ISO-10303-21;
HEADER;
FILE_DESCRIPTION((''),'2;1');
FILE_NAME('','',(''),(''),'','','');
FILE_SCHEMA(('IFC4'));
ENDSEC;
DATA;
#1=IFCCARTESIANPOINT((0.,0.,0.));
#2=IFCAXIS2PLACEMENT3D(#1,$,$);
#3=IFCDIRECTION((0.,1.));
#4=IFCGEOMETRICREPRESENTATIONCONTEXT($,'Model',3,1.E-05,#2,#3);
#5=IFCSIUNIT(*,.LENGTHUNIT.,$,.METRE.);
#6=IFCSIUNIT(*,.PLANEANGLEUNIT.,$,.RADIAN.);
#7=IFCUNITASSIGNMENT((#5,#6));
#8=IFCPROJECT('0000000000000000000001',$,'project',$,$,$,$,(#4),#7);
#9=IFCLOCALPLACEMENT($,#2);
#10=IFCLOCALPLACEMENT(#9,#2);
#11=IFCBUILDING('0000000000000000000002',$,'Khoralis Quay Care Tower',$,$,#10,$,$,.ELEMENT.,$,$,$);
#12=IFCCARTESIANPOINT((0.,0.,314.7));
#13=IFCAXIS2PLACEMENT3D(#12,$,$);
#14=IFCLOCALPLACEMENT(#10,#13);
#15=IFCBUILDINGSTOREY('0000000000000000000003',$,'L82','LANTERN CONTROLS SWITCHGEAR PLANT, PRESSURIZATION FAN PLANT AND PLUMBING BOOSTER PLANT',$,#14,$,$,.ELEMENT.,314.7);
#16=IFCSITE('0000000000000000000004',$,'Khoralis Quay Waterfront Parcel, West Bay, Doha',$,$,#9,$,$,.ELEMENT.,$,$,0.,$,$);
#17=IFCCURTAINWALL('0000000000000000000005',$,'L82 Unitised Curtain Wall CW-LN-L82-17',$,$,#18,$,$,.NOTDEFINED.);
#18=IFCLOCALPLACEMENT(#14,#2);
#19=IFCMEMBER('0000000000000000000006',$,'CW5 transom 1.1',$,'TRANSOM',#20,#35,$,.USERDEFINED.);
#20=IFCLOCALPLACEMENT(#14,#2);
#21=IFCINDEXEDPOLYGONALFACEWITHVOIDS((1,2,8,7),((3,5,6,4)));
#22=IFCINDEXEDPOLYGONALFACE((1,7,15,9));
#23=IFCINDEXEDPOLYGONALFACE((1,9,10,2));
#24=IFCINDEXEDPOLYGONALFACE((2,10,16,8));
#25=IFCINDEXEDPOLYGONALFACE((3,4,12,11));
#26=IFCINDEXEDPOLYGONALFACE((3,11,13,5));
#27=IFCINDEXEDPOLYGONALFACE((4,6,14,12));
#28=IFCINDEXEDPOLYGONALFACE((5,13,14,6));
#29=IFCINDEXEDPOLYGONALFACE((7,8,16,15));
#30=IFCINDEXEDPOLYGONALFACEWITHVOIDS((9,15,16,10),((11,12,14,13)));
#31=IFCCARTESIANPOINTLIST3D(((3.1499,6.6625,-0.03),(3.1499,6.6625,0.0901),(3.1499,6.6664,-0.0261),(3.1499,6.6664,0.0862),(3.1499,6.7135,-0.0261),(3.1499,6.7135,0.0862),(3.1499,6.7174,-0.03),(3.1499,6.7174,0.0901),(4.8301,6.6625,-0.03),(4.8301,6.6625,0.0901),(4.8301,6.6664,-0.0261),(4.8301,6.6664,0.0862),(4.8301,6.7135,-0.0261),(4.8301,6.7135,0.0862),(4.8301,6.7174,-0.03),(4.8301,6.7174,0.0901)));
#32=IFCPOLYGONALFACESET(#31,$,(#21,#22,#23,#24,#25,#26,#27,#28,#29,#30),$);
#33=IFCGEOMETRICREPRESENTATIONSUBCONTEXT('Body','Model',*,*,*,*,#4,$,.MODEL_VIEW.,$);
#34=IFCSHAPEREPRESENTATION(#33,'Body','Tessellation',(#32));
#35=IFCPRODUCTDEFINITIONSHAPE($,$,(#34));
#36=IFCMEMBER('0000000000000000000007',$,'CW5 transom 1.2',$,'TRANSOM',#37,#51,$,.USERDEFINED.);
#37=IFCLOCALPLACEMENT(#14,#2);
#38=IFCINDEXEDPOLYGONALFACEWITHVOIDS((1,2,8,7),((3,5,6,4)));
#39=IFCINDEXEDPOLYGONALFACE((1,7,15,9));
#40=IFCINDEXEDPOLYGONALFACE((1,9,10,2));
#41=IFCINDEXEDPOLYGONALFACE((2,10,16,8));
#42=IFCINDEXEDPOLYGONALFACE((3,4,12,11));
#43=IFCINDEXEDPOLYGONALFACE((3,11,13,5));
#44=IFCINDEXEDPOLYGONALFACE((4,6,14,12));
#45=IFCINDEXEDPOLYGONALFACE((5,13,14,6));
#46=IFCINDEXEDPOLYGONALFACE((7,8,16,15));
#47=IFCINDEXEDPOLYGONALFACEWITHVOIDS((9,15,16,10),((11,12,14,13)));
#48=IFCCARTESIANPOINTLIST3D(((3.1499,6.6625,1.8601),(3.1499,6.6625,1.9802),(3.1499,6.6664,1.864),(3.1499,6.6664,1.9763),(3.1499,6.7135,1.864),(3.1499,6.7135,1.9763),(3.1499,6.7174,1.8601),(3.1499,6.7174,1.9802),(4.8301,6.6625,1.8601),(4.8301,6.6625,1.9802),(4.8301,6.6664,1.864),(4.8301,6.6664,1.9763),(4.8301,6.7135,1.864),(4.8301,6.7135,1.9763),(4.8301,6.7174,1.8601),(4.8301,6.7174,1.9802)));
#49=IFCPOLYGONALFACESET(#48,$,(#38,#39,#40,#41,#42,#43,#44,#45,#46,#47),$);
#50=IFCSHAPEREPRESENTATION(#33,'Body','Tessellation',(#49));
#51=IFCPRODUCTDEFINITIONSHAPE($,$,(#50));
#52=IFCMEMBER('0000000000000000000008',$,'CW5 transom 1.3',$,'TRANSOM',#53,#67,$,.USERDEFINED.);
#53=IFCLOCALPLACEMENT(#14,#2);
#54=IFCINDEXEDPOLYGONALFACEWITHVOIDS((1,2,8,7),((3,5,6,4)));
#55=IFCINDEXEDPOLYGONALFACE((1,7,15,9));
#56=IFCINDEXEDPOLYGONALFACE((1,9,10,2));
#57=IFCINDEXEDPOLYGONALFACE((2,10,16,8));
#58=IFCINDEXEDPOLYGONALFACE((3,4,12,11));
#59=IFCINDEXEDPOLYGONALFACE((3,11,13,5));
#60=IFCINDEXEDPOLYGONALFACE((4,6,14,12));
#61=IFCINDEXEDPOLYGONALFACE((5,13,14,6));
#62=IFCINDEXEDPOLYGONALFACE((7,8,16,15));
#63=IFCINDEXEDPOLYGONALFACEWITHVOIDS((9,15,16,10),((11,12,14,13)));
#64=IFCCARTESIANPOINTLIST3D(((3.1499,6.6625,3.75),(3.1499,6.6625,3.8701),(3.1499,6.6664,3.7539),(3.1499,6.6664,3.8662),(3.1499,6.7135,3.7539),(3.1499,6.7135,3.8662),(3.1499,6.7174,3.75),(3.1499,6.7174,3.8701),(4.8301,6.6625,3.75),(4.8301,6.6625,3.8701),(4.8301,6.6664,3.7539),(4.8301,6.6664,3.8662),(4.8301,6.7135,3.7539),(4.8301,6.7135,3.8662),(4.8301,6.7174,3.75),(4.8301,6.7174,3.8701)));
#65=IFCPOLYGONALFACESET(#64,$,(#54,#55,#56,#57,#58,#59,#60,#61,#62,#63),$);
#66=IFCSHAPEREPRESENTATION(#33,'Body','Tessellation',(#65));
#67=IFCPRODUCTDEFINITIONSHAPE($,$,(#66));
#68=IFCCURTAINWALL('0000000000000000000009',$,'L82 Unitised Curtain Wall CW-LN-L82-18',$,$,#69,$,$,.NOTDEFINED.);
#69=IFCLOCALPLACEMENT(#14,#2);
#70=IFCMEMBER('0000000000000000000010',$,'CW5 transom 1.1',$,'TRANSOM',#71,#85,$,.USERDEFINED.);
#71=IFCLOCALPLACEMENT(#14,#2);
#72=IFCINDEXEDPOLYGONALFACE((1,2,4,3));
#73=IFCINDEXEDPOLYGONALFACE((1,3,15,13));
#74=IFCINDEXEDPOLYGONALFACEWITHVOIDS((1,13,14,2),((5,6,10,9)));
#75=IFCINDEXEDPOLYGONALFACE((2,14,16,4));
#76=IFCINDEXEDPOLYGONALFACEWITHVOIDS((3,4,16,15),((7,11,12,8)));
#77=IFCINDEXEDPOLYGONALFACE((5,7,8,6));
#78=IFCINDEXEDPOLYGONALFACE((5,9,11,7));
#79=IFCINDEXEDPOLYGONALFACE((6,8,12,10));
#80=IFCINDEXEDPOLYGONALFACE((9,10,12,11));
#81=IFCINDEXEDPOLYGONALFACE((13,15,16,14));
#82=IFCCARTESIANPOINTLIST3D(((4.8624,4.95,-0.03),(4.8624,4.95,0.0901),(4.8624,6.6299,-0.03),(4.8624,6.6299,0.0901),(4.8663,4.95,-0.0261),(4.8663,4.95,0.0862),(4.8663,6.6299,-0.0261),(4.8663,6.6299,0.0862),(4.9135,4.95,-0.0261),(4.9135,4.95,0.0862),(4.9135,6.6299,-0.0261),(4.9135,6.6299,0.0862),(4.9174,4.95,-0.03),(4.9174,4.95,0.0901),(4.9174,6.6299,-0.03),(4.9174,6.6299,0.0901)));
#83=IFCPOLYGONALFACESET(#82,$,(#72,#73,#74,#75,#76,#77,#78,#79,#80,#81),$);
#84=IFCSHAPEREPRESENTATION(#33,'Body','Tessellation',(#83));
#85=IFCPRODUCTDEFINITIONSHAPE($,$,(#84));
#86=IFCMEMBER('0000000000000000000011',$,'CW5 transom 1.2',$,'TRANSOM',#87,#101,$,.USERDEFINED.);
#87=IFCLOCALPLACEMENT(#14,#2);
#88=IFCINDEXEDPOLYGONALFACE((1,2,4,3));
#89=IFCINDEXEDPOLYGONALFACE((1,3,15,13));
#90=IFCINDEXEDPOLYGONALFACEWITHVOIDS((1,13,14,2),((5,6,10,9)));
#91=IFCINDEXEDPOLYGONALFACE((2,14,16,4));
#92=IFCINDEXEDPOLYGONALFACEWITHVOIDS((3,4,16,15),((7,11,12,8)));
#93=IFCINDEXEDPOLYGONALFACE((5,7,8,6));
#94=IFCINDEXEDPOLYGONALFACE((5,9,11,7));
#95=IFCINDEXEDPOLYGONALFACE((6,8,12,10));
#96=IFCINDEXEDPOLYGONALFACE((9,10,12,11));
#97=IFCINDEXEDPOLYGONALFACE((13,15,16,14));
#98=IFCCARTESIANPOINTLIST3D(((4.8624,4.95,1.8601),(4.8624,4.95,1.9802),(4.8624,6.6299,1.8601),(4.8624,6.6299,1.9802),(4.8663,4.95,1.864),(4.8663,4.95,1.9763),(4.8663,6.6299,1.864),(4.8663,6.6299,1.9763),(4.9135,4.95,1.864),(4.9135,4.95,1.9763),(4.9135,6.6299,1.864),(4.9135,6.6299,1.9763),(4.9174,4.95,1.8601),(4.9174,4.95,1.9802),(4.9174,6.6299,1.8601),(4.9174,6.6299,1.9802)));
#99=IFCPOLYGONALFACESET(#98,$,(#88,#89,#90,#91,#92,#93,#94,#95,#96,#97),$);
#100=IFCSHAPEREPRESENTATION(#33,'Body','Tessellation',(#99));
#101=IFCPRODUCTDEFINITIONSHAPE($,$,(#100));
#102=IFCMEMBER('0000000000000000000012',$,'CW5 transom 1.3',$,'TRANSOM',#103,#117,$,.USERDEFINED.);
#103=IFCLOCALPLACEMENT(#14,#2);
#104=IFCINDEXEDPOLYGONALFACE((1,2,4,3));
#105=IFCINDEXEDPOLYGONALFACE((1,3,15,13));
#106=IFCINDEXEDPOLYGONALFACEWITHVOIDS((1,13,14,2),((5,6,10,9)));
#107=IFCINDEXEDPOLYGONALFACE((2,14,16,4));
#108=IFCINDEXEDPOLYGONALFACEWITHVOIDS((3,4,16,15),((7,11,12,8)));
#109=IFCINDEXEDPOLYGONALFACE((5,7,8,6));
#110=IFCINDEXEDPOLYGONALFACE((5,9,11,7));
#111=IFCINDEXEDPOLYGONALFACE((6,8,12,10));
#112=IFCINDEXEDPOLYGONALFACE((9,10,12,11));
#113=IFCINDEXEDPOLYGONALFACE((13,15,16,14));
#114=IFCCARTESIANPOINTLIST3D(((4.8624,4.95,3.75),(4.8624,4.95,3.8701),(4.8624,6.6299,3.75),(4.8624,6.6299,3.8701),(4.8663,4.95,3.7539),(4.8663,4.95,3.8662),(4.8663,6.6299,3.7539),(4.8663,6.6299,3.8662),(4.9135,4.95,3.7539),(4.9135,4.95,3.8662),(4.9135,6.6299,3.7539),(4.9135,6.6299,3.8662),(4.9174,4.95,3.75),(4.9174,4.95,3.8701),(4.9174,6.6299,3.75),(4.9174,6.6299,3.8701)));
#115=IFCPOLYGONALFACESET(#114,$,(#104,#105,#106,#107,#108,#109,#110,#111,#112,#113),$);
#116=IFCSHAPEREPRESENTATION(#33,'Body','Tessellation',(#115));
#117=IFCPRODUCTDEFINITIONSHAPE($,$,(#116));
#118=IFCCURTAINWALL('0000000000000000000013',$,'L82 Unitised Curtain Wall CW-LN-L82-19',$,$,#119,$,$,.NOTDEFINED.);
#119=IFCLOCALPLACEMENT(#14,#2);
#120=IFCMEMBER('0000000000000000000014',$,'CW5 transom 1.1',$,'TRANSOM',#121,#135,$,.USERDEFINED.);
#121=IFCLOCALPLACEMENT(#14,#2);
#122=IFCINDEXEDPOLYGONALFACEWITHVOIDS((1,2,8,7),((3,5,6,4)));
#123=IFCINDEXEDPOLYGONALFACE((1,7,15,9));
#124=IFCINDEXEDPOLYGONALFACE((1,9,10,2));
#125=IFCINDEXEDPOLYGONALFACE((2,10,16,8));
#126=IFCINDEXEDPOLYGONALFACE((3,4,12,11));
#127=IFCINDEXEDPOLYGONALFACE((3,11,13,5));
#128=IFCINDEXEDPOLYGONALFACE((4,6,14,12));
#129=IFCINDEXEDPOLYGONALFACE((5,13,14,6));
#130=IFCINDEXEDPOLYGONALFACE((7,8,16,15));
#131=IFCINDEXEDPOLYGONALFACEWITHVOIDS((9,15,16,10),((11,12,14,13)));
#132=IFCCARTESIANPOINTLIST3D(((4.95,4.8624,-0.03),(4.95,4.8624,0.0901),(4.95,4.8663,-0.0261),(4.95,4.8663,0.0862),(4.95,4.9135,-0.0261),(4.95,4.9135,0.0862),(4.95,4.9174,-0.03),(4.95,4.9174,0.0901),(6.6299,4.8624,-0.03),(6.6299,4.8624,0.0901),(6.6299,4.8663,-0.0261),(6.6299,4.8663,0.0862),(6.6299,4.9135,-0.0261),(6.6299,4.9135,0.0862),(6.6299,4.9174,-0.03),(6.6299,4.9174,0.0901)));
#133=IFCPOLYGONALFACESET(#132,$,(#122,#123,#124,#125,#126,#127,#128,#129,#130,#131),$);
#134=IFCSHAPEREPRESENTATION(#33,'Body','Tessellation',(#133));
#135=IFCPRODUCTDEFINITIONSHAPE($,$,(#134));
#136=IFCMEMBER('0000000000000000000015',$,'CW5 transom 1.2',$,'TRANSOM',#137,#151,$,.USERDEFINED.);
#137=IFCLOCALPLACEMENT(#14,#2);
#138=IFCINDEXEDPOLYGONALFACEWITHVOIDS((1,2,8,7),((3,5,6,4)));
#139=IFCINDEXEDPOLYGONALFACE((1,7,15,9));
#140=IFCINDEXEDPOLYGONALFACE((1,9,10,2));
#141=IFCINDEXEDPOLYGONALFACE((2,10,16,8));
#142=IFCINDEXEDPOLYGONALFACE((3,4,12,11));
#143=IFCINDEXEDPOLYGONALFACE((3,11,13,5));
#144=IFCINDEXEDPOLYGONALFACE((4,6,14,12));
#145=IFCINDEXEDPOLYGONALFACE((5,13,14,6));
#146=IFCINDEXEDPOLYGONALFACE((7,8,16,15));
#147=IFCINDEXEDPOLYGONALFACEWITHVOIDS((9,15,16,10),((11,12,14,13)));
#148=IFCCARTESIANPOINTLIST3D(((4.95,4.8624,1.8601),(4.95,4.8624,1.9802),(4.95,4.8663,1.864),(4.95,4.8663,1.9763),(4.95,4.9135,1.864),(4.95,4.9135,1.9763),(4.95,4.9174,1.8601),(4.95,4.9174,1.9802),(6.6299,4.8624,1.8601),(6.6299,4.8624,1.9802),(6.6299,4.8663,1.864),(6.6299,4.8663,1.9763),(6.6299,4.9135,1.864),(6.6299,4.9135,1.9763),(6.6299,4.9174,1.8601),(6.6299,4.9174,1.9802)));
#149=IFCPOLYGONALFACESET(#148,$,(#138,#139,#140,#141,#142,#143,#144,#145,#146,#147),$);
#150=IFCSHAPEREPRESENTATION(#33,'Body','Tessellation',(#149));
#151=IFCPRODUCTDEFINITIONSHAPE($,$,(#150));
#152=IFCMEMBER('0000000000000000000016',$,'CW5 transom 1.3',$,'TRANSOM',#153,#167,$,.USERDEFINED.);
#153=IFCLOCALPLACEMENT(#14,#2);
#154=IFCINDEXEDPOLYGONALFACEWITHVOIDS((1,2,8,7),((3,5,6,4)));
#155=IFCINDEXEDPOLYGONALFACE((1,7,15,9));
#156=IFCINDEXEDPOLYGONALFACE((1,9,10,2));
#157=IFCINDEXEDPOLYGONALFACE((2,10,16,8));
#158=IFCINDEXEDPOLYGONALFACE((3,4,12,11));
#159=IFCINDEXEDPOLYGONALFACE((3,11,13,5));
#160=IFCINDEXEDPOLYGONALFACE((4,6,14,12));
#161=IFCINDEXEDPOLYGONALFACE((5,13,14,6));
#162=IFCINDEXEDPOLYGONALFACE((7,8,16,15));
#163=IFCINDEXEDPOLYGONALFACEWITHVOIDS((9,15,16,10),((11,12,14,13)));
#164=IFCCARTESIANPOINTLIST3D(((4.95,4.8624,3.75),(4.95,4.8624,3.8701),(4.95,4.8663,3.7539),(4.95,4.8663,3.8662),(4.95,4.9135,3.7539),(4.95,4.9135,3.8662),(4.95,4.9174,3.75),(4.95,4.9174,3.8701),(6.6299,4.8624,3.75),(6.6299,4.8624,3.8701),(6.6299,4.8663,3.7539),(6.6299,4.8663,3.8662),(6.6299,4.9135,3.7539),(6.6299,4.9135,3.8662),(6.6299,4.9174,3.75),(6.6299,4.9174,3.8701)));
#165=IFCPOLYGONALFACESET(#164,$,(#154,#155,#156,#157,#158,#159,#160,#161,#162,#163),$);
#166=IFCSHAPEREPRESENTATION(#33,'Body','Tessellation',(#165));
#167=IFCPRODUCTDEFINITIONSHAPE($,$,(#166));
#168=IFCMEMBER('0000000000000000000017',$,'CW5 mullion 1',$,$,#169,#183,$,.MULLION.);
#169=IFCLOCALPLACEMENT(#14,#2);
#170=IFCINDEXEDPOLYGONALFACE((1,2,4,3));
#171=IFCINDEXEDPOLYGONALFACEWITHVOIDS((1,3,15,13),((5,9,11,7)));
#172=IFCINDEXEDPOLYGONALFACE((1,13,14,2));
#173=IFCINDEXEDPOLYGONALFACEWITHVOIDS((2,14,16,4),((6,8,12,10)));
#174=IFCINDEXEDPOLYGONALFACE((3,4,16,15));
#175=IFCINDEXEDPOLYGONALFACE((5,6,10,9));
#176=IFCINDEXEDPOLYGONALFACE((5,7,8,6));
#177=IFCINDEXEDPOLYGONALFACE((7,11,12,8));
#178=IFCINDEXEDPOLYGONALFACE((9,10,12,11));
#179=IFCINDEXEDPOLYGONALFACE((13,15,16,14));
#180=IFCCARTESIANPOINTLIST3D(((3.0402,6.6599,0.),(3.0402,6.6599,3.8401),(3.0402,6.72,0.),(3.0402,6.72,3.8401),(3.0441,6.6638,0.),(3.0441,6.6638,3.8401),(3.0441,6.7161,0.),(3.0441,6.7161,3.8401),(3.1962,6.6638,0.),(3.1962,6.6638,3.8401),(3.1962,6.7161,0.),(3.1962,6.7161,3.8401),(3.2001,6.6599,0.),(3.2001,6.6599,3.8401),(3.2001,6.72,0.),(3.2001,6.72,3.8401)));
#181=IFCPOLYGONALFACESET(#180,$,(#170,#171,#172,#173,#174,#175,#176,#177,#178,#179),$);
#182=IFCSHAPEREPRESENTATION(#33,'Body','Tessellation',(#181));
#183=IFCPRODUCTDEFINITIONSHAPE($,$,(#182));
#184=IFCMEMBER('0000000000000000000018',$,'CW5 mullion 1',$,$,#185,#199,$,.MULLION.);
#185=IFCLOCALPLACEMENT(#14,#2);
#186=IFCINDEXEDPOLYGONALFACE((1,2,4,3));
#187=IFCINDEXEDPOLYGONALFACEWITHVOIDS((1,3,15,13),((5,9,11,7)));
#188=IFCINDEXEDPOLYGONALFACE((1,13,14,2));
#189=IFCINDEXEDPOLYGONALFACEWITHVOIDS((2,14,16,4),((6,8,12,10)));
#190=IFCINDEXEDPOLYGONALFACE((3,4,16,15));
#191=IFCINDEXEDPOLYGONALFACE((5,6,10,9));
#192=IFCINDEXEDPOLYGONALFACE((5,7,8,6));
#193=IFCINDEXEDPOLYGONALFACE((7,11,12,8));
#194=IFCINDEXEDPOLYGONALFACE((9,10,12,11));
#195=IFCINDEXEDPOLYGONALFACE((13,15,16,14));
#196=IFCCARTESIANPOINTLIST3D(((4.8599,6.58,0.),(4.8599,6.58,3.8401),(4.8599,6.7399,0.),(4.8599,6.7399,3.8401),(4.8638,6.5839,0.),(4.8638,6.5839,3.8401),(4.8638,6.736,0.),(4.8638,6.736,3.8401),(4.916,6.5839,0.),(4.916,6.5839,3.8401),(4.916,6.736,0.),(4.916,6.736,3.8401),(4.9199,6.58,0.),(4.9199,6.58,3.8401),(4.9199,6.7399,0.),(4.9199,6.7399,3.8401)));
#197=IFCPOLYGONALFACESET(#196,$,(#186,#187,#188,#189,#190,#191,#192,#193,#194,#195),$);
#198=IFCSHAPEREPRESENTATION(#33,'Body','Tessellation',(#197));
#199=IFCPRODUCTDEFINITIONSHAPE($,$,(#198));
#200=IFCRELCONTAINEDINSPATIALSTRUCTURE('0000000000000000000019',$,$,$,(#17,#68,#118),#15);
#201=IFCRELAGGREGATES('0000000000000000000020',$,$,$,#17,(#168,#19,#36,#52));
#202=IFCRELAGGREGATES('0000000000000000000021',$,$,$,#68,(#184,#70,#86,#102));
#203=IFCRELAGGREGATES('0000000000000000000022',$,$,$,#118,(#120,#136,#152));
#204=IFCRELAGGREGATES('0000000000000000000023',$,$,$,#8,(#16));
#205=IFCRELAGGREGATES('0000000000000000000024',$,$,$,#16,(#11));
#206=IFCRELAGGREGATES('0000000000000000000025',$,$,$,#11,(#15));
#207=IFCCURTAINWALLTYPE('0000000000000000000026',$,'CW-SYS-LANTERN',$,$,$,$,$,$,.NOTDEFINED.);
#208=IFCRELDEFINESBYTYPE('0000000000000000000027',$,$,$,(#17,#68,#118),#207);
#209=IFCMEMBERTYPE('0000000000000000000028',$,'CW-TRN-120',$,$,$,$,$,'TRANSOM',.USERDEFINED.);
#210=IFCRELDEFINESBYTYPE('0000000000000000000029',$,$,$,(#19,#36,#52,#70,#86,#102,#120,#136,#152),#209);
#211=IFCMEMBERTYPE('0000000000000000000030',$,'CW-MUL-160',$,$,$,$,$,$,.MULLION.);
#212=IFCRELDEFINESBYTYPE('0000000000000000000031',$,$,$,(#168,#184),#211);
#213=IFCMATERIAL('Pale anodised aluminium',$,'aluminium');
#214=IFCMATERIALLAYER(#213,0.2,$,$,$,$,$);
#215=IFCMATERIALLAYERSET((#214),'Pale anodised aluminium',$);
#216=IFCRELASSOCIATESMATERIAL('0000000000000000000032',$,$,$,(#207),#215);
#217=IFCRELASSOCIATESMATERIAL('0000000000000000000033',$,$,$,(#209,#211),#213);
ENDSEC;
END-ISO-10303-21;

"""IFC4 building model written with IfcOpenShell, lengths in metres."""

from ifc_helpers import new_model, si_unit, direction, frame, origin, origin_2d, place, context, subcontext, project, spatial, hollow_rectangle, extrude, source, transform, mapped, material, layer, layer_set, material_profile, profile_set, type_object, element, aggregate, save


model = new_model("IFC4")

# Units and contexts
model_context = context("Model", 3, precision=1e-05, world=origin(), true_north=direction((0.0, 1.0)))
body_context = subcontext(model_context, "Body", "Model", "MODEL_VIEW")
ifc_project = project(units=[si_unit("LENGTHUNIT", "METRE"), si_unit("PLANEANGLEUNIT", "RADIAN")], contexts=[model_context])

# Site, building, storey
site_placement = place(None, origin())
site = spatial("IfcSite", under=ifc_project, at=site_placement, Name="Khoralis Quay Waterfront Parcel, West Bay, Doha", CompositionType="ELEMENT", RefElevation=0.0)
building_placement = place(site_placement, origin())
building = spatial("IfcBuilding", under=site, at=building_placement, Name="Khoralis Quay Care Tower", CompositionType="ELEMENT")
storey_placement = place(building_placement, frame((0.0, 0.0, 314.7)))
storey = spatial("IfcBuildingStorey", under=building, at=storey_placement, Name="L82", Description="LANTERN CONTROLS SWITCHGEAR PLANT, PRESSURIZATION FAN PLANT AND PLUMBING BOOSTER PLANT", CompositionType="ELEMENT", Elevation=314.7)

# Curtain walls, members
ifc_material_1 = material(Name="Pale anodised aluminium", Category="aluminium")
ifc_layer_1 = layer(ifc_material_1, 0.2)
ifc_layer_set_1 = layer_set([ifc_layer_1], Name="Pale anodised aluminium")
curtain_wall_type = type_object("IfcCurtainWallType", Name="CW-SYS-LANTERN", PredefinedType="NOTDEFINED", material=ifc_layer_set_1)
curtain_wall_1_placement = place(storey_placement, origin())
curtain_wall_1 = element("IfcCurtainWall", 1, at=curtain_wall_1_placement, inside=storey, type_object=curtain_wall_type, Name="L82 Unitised Curtain Wall CW-LN-L82-17", PredefinedType="NOTDEFINED")
ifc_material_profile_1 = material_profile(ifc_material_1, hollow_rectangle(XDim=0.0549, YDim=0.1201, WallThickness=0.0039, at=origin_2d()), Name="Pale anodised aluminium")
ifc_profile_set_1 = profile_set([ifc_material_profile_1], Name="Pale anodised aluminium")
member_type_1 = type_object("IfcMemberType", Name="CW-TRN-120", ElementType="TRANSOM", PredefinedType="USERDEFINED", material=ifc_profile_set_1)
shared_shape_1 = source(origin(), body_context, "Body", "SweptSolid", [
    extrude(hollow_rectangle(XDim=0.0549, YDim=0.1201, WallThickness=0.0039, at=origin_2d()), origin(), (0.0, 0.0, 1.0), 1.6802),
])
member_1_placement = place(storey_placement, frame((3.1499, 6.6899, 0.03), z_axis=(1.0, 0.0, 0.0), x_axis=(0.0, 1.0, 0.0)))
member_1 = element("IfcMember", 2, at=member_1_placement, type_object=member_type_1, Name="CW5 transom 1.1", ObjectType="TRANSOM", PredefinedType="USERDEFINED", context=body_context, shape_type="MappedRepresentation", body=[
    mapped(shared_shape_1, transform((0.0, 0.0, 0.0), scale=1.0)),
])
member_2_placement = place(storey_placement, frame((3.1499, 6.6899, 1.9202), z_axis=(1.0, 0.0, 0.0), x_axis=(0.0, 1.0, 0.0)))
member_2 = element("IfcMember", 3, at=member_2_placement, type_object=member_type_1, Name="CW5 transom 1.2", ObjectType="TRANSOM", PredefinedType="USERDEFINED", context=body_context, shape_type="MappedRepresentation", body=[
    mapped(shared_shape_1, transform((0.0, 0.0, 0.0), scale=1.0)),
])
member_3_placement = place(storey_placement, frame((3.1499, 6.6899, 3.8101), z_axis=(1.0, 0.0, 0.0), x_axis=(0.0, 1.0, 0.0)))
member_3 = element("IfcMember", 4, at=member_3_placement, type_object=member_type_1, Name="CW5 transom 1.3", ObjectType="TRANSOM", PredefinedType="USERDEFINED", context=body_context, shape_type="MappedRepresentation", body=[
    mapped(shared_shape_1, transform((0.0, 0.0, 0.0), scale=1.0)),
])
curtain_wall_2_placement = place(storey_placement, origin())
curtain_wall_2 = element("IfcCurtainWall", 5, at=curtain_wall_2_placement, inside=storey, type_object=curtain_wall_type, Name="L82 Unitised Curtain Wall CW-LN-L82-18", PredefinedType="NOTDEFINED")
shared_shape_2 = source(origin(), body_context, "Body", "SweptSolid", [
    extrude(hollow_rectangle(XDim=0.0549, YDim=0.1201, WallThickness=0.0039, at=origin_2d()), origin(), (0.0, 0.0, 1.0), 1.6799),
])
member_4_placement = place(storey_placement, frame((4.8899, 6.6299, 0.03), z_axis=(0.0, -1.0, 0.0), x_axis=(1.0, 0.0, 0.0)))
member_4 = element("IfcMember", 6, at=member_4_placement, type_object=member_type_1, Name="CW5 transom 1.1", ObjectType="TRANSOM", PredefinedType="USERDEFINED", context=body_context, shape_type="MappedRepresentation", body=[
    mapped(shared_shape_2, transform((0.0, 0.0, 0.0), scale=1.0)),
])
member_5_placement = place(storey_placement, frame((4.8899, 6.6299, 1.9202), z_axis=(0.0, -1.0, 0.0), x_axis=(1.0, 0.0, 0.0)))
member_5 = element("IfcMember", 7, at=member_5_placement, type_object=member_type_1, Name="CW5 transom 1.2", ObjectType="TRANSOM", PredefinedType="USERDEFINED", context=body_context, shape_type="MappedRepresentation", body=[
    mapped(shared_shape_2, transform((0.0, 0.0, 0.0), scale=1.0)),
])
member_6_placement = place(storey_placement, frame((4.8899, 6.6299, 3.8101), z_axis=(0.0, -1.0, 0.0), x_axis=(1.0, 0.0, 0.0)))
member_6 = element("IfcMember", 8, at=member_6_placement, type_object=member_type_1, Name="CW5 transom 1.3", ObjectType="TRANSOM", PredefinedType="USERDEFINED", context=body_context, shape_type="MappedRepresentation", body=[
    mapped(shared_shape_2, transform((0.0, 0.0, 0.0), scale=1.0)),
])
curtain_wall_3_placement = place(storey_placement, origin())
curtain_wall_3 = element("IfcCurtainWall", 9, at=curtain_wall_3_placement, inside=storey, type_object=curtain_wall_type, Name="L82 Unitised Curtain Wall CW-LN-L82-19", PredefinedType="NOTDEFINED")
member_7_placement = place(storey_placement, frame((4.95, 4.8899, 0.03), z_axis=(1.0, 0.0, 0.0), x_axis=(0.0, 1.0, 0.0)))
member_7 = element("IfcMember", 10, at=member_7_placement, type_object=member_type_1, Name="CW5 transom 1.1", ObjectType="TRANSOM", PredefinedType="USERDEFINED", context=body_context, shape_type="MappedRepresentation", body=[
    mapped(shared_shape_2, transform((0.0, 0.0, 0.0), scale=1.0)),
])
member_8_placement = place(storey_placement, frame((4.95, 4.8899, 1.9202), z_axis=(1.0, 0.0, 0.0), x_axis=(0.0, 1.0, 0.0)))
member_8 = element("IfcMember", 11, at=member_8_placement, type_object=member_type_1, Name="CW5 transom 1.2", ObjectType="TRANSOM", PredefinedType="USERDEFINED", context=body_context, shape_type="MappedRepresentation", body=[
    mapped(shared_shape_2, transform((0.0, 0.0, 0.0), scale=1.0)),
])
member_9_placement = place(storey_placement, frame((4.95, 4.8899, 3.8101), z_axis=(1.0, 0.0, 0.0), x_axis=(0.0, 1.0, 0.0)))
member_9 = element("IfcMember", 12, at=member_9_placement, type_object=member_type_1, Name="CW5 transom 1.3", ObjectType="TRANSOM", PredefinedType="USERDEFINED", context=body_context, shape_type="MappedRepresentation", body=[
    mapped(shared_shape_2, transform((0.0, 0.0, 0.0), scale=1.0)),
])

# Members
ifc_material_profile_2 = material_profile(ifc_material_1, hollow_rectangle(XDim=0.0601, YDim=0.1599, WallThickness=0.0039, at=origin_2d()), Name="Pale anodised aluminium")
ifc_profile_set_2 = profile_set([ifc_material_profile_2], Name="Pale anodised aluminium")
member_type_2 = type_object("IfcMemberType", Name="CW-MUL-160", PredefinedType="MULLION", material=ifc_profile_set_2)
shared_shape_3 = source(origin(), body_context, "Body", "SweptSolid", [
    extrude(hollow_rectangle(XDim=0.0601, YDim=0.1599, WallThickness=0.0039, at=origin_2d()), origin(), (0.0, 0.0, 1.0), 3.8401),
])
member_10_placement = place(storey_placement, frame((3.1201, 6.6899, 0.0), z_axis=(0.0, 0.0, 1.0), x_axis=(0.0, 1.0, 0.0)))
member_10 = element("IfcMember", 13, at=member_10_placement, type_object=member_type_2, Name="CW5 mullion 1", PredefinedType="MULLION", context=body_context, shape_type="MappedRepresentation", body=[
    mapped(shared_shape_3, transform((0.0, 0.0, 0.0), scale=1.0)),
])
member_11_placement = place(storey_placement, frame((4.8899, 6.6599, 0.0), z_axis=(0.0, 0.0, 1.0), x_axis=(1.0, 0.0, 0.0)))
member_11 = element("IfcMember", 14, at=member_11_placement, type_object=member_type_2, Name="CW5 mullion 1", PredefinedType="MULLION", context=body_context, shape_type="MappedRepresentation", body=[
    mapped(shared_shape_3, transform((0.0, 0.0, 0.0), scale=1.0)),
])

aggregate(curtain_wall_1, [member_10, member_1, member_2, member_3])
aggregate(curtain_wall_2, [member_11, member_4, member_5, member_6])
aggregate(curtain_wall_3, [member_7, member_8, member_9])

save(model, "model.ifc")
